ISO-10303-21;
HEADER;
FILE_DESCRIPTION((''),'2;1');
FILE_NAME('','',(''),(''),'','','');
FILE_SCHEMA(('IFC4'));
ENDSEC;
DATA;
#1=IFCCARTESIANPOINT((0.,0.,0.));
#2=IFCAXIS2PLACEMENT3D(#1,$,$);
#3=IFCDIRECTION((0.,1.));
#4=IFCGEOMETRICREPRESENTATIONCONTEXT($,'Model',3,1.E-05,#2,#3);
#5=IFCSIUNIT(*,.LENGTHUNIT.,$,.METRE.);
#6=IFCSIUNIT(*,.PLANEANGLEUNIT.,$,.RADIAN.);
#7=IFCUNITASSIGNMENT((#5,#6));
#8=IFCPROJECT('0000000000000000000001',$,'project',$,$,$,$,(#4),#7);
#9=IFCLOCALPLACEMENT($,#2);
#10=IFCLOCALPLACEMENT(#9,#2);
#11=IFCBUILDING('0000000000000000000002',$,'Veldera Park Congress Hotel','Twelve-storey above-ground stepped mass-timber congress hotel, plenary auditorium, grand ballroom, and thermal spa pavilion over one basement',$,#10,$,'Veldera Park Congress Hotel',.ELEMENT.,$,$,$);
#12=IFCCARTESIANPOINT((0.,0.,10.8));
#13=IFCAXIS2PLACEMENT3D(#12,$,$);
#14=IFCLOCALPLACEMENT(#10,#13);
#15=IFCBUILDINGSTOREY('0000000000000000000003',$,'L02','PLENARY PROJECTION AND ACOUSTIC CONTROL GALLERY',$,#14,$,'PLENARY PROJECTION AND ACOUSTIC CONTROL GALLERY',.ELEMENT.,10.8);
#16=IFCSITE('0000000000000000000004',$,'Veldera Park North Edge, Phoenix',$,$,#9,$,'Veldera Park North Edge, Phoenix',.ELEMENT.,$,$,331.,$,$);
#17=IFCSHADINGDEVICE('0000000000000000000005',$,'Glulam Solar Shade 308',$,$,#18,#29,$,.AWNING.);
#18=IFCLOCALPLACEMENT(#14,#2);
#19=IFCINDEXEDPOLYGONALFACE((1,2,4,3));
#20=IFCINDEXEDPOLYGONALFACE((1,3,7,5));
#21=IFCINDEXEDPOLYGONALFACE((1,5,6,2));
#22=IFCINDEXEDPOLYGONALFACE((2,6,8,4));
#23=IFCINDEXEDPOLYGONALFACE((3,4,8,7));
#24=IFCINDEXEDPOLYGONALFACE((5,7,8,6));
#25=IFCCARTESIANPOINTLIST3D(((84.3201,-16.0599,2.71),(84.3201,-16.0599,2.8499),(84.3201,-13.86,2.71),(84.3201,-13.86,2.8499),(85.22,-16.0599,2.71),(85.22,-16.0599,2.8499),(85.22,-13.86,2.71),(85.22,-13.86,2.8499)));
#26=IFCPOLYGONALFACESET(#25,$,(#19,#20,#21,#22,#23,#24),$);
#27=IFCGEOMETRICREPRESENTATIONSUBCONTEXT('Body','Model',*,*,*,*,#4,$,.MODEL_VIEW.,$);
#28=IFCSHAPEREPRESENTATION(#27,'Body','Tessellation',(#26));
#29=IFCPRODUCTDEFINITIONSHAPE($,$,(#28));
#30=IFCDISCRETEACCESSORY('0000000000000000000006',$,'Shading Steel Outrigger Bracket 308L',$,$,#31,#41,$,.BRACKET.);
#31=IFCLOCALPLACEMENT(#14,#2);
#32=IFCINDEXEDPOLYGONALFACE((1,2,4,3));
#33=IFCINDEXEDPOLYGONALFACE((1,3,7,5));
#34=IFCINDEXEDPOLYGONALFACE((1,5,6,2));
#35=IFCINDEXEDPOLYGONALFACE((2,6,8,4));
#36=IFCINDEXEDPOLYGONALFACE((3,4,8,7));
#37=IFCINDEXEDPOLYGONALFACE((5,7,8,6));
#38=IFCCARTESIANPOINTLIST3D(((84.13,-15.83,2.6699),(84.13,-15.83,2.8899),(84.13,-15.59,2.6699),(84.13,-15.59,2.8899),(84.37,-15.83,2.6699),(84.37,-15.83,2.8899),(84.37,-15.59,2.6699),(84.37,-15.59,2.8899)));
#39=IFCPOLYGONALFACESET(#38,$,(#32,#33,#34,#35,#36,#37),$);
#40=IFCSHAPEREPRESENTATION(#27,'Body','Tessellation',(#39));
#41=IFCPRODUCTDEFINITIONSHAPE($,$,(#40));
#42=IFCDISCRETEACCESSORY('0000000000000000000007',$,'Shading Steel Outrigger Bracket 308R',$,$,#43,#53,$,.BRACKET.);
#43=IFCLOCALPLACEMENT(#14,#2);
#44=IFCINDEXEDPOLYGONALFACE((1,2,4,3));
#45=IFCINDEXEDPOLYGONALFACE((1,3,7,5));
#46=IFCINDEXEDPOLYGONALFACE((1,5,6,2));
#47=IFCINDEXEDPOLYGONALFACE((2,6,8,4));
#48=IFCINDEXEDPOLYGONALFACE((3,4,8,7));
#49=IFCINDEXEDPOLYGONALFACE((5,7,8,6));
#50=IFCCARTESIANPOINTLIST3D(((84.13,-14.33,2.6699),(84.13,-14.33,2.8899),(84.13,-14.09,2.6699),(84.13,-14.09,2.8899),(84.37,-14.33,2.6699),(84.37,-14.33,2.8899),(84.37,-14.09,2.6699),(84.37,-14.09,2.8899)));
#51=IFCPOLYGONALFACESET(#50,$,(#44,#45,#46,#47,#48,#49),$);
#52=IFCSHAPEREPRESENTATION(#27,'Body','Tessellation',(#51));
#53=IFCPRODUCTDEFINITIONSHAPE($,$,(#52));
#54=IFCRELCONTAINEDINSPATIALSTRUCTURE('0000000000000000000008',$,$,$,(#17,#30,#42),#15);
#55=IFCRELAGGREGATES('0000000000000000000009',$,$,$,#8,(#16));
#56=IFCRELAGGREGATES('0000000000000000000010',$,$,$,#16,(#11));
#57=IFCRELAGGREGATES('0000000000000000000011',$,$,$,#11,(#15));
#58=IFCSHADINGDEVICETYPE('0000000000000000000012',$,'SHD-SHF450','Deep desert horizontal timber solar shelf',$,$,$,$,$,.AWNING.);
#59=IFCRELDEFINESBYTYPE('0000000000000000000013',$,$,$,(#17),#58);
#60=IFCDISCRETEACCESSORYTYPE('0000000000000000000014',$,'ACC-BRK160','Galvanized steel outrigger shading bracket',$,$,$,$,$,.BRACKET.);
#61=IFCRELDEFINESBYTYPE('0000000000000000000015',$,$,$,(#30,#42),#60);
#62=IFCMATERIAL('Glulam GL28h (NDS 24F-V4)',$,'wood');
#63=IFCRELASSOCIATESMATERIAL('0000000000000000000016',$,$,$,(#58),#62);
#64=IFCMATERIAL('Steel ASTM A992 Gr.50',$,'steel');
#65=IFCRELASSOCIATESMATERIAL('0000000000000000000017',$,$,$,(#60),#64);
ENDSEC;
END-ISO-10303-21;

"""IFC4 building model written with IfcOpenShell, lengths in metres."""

from ifc_helpers import new_model, si_unit, direction, frame, origin, origin_2d, place, context, subcontext, project, spatial, rectangle, extrude, material, type_object, element, save


model = new_model("IFC4")

# Units and contexts
model_context = context("Model", 3, precision=1e-05, world=origin(), true_north=direction((0.0, 1.0)))
body_context = subcontext(model_context, "Body", "Model", "MODEL_VIEW")
ifc_project = project(units=[si_unit("LENGTHUNIT", "METRE"), si_unit("PLANEANGLEUNIT", "RADIAN")], contexts=[model_context])

# Site, building, storey
site_placement = place(None, origin())
site = spatial("IfcSite", under=ifc_project, at=site_placement, Name="Veldera Park North Edge, Phoenix", LongName="Veldera Park North Edge, Phoenix", CompositionType="ELEMENT", RefElevation=331.0)
building_placement = place(site_placement, origin())
building = spatial("IfcBuilding", under=site, at=building_placement, Name="Veldera Park Congress Hotel", Description="Twelve-storey above-ground stepped mass-timber congress hotel, plenary auditorium, grand ballroom, and thermal spa pavilion over one basement", LongName="Veldera Park Congress Hotel", CompositionType="ELEMENT")
storey_placement = place(building_placement, frame((0.0, 0.0, 10.8)))
storey = spatial("IfcBuildingStorey", under=building, at=storey_placement, Name="L02", Description="PLENARY PROJECTION AND ACOUSTIC CONTROL GALLERY", LongName="PLENARY PROJECTION AND ACOUSTIC CONTROL GALLERY", CompositionType="ELEMENT", Elevation=10.8)

# Shared definitions
ifc_material_1 = material(Name="Steel ASTM A992 Gr.50", Category="steel")

# Shading device
ifc_material_2 = material(Name="Glulam GL28h (NDS 24F-V4)", Category="wood")
shading_device_type = type_object("IfcShadingDeviceType", Name="SHD-SHF450", Description="Deep desert horizontal timber solar shelf", PredefinedType="AWNING", material=ifc_material_2)
shading_device_placement = place(storey_placement, frame((84.77, -14.96, 2.71), z_axis=(0.0, 0.0, 1.0), x_axis=(0.0, 1.0, 0.0)))
element("IfcShadingDevice", 1, at=shading_device_placement, inside=storey, type_object=shading_device_type, Name="Glulam Solar Shade 308", PredefinedType="AWNING", context=body_context, shape_type="SweptSolid", body=[
    extrude(rectangle(XDim=2.2, YDim=0.8999, at=origin_2d()), origin(), (0.0, 0.0, 1.0), 0.1399),
])

# Discrete accessories
discrete_accessory_type = type_object("IfcDiscreteAccessoryType", Name="ACC-BRK160", Description="Galvanized steel outrigger shading bracket", PredefinedType="BRACKET", material=ifc_material_1)
for number, where, z_axis, x_axis, name in (
    (2, (84.25, -15.71, 2.6699), (0.0, 0.0, 1.0), (0.0, 1.0, 0.0), "Shading Steel Outrigger Bracket 308L"),
    (3, (84.25, -14.21, 2.6699), (0.0, 0.0, 1.0), (0.0, 1.0, 0.0), "Shading Steel Outrigger Bracket 308R"),
):
    element("IfcDiscreteAccessory", number, at=place(storey_placement, frame(where, z_axis=z_axis, x_axis=x_axis)), inside=storey, type_object=discrete_accessory_type, Name=name, PredefinedType="BRACKET", context=body_context, shape_type="SweptSolid", body=[
        extrude(rectangle(XDim=0.24, YDim=0.24, at=origin_2d()), origin(), (0.0, 0.0, 1.0), 0.22),
    ])

save(model, "model.ifc")
